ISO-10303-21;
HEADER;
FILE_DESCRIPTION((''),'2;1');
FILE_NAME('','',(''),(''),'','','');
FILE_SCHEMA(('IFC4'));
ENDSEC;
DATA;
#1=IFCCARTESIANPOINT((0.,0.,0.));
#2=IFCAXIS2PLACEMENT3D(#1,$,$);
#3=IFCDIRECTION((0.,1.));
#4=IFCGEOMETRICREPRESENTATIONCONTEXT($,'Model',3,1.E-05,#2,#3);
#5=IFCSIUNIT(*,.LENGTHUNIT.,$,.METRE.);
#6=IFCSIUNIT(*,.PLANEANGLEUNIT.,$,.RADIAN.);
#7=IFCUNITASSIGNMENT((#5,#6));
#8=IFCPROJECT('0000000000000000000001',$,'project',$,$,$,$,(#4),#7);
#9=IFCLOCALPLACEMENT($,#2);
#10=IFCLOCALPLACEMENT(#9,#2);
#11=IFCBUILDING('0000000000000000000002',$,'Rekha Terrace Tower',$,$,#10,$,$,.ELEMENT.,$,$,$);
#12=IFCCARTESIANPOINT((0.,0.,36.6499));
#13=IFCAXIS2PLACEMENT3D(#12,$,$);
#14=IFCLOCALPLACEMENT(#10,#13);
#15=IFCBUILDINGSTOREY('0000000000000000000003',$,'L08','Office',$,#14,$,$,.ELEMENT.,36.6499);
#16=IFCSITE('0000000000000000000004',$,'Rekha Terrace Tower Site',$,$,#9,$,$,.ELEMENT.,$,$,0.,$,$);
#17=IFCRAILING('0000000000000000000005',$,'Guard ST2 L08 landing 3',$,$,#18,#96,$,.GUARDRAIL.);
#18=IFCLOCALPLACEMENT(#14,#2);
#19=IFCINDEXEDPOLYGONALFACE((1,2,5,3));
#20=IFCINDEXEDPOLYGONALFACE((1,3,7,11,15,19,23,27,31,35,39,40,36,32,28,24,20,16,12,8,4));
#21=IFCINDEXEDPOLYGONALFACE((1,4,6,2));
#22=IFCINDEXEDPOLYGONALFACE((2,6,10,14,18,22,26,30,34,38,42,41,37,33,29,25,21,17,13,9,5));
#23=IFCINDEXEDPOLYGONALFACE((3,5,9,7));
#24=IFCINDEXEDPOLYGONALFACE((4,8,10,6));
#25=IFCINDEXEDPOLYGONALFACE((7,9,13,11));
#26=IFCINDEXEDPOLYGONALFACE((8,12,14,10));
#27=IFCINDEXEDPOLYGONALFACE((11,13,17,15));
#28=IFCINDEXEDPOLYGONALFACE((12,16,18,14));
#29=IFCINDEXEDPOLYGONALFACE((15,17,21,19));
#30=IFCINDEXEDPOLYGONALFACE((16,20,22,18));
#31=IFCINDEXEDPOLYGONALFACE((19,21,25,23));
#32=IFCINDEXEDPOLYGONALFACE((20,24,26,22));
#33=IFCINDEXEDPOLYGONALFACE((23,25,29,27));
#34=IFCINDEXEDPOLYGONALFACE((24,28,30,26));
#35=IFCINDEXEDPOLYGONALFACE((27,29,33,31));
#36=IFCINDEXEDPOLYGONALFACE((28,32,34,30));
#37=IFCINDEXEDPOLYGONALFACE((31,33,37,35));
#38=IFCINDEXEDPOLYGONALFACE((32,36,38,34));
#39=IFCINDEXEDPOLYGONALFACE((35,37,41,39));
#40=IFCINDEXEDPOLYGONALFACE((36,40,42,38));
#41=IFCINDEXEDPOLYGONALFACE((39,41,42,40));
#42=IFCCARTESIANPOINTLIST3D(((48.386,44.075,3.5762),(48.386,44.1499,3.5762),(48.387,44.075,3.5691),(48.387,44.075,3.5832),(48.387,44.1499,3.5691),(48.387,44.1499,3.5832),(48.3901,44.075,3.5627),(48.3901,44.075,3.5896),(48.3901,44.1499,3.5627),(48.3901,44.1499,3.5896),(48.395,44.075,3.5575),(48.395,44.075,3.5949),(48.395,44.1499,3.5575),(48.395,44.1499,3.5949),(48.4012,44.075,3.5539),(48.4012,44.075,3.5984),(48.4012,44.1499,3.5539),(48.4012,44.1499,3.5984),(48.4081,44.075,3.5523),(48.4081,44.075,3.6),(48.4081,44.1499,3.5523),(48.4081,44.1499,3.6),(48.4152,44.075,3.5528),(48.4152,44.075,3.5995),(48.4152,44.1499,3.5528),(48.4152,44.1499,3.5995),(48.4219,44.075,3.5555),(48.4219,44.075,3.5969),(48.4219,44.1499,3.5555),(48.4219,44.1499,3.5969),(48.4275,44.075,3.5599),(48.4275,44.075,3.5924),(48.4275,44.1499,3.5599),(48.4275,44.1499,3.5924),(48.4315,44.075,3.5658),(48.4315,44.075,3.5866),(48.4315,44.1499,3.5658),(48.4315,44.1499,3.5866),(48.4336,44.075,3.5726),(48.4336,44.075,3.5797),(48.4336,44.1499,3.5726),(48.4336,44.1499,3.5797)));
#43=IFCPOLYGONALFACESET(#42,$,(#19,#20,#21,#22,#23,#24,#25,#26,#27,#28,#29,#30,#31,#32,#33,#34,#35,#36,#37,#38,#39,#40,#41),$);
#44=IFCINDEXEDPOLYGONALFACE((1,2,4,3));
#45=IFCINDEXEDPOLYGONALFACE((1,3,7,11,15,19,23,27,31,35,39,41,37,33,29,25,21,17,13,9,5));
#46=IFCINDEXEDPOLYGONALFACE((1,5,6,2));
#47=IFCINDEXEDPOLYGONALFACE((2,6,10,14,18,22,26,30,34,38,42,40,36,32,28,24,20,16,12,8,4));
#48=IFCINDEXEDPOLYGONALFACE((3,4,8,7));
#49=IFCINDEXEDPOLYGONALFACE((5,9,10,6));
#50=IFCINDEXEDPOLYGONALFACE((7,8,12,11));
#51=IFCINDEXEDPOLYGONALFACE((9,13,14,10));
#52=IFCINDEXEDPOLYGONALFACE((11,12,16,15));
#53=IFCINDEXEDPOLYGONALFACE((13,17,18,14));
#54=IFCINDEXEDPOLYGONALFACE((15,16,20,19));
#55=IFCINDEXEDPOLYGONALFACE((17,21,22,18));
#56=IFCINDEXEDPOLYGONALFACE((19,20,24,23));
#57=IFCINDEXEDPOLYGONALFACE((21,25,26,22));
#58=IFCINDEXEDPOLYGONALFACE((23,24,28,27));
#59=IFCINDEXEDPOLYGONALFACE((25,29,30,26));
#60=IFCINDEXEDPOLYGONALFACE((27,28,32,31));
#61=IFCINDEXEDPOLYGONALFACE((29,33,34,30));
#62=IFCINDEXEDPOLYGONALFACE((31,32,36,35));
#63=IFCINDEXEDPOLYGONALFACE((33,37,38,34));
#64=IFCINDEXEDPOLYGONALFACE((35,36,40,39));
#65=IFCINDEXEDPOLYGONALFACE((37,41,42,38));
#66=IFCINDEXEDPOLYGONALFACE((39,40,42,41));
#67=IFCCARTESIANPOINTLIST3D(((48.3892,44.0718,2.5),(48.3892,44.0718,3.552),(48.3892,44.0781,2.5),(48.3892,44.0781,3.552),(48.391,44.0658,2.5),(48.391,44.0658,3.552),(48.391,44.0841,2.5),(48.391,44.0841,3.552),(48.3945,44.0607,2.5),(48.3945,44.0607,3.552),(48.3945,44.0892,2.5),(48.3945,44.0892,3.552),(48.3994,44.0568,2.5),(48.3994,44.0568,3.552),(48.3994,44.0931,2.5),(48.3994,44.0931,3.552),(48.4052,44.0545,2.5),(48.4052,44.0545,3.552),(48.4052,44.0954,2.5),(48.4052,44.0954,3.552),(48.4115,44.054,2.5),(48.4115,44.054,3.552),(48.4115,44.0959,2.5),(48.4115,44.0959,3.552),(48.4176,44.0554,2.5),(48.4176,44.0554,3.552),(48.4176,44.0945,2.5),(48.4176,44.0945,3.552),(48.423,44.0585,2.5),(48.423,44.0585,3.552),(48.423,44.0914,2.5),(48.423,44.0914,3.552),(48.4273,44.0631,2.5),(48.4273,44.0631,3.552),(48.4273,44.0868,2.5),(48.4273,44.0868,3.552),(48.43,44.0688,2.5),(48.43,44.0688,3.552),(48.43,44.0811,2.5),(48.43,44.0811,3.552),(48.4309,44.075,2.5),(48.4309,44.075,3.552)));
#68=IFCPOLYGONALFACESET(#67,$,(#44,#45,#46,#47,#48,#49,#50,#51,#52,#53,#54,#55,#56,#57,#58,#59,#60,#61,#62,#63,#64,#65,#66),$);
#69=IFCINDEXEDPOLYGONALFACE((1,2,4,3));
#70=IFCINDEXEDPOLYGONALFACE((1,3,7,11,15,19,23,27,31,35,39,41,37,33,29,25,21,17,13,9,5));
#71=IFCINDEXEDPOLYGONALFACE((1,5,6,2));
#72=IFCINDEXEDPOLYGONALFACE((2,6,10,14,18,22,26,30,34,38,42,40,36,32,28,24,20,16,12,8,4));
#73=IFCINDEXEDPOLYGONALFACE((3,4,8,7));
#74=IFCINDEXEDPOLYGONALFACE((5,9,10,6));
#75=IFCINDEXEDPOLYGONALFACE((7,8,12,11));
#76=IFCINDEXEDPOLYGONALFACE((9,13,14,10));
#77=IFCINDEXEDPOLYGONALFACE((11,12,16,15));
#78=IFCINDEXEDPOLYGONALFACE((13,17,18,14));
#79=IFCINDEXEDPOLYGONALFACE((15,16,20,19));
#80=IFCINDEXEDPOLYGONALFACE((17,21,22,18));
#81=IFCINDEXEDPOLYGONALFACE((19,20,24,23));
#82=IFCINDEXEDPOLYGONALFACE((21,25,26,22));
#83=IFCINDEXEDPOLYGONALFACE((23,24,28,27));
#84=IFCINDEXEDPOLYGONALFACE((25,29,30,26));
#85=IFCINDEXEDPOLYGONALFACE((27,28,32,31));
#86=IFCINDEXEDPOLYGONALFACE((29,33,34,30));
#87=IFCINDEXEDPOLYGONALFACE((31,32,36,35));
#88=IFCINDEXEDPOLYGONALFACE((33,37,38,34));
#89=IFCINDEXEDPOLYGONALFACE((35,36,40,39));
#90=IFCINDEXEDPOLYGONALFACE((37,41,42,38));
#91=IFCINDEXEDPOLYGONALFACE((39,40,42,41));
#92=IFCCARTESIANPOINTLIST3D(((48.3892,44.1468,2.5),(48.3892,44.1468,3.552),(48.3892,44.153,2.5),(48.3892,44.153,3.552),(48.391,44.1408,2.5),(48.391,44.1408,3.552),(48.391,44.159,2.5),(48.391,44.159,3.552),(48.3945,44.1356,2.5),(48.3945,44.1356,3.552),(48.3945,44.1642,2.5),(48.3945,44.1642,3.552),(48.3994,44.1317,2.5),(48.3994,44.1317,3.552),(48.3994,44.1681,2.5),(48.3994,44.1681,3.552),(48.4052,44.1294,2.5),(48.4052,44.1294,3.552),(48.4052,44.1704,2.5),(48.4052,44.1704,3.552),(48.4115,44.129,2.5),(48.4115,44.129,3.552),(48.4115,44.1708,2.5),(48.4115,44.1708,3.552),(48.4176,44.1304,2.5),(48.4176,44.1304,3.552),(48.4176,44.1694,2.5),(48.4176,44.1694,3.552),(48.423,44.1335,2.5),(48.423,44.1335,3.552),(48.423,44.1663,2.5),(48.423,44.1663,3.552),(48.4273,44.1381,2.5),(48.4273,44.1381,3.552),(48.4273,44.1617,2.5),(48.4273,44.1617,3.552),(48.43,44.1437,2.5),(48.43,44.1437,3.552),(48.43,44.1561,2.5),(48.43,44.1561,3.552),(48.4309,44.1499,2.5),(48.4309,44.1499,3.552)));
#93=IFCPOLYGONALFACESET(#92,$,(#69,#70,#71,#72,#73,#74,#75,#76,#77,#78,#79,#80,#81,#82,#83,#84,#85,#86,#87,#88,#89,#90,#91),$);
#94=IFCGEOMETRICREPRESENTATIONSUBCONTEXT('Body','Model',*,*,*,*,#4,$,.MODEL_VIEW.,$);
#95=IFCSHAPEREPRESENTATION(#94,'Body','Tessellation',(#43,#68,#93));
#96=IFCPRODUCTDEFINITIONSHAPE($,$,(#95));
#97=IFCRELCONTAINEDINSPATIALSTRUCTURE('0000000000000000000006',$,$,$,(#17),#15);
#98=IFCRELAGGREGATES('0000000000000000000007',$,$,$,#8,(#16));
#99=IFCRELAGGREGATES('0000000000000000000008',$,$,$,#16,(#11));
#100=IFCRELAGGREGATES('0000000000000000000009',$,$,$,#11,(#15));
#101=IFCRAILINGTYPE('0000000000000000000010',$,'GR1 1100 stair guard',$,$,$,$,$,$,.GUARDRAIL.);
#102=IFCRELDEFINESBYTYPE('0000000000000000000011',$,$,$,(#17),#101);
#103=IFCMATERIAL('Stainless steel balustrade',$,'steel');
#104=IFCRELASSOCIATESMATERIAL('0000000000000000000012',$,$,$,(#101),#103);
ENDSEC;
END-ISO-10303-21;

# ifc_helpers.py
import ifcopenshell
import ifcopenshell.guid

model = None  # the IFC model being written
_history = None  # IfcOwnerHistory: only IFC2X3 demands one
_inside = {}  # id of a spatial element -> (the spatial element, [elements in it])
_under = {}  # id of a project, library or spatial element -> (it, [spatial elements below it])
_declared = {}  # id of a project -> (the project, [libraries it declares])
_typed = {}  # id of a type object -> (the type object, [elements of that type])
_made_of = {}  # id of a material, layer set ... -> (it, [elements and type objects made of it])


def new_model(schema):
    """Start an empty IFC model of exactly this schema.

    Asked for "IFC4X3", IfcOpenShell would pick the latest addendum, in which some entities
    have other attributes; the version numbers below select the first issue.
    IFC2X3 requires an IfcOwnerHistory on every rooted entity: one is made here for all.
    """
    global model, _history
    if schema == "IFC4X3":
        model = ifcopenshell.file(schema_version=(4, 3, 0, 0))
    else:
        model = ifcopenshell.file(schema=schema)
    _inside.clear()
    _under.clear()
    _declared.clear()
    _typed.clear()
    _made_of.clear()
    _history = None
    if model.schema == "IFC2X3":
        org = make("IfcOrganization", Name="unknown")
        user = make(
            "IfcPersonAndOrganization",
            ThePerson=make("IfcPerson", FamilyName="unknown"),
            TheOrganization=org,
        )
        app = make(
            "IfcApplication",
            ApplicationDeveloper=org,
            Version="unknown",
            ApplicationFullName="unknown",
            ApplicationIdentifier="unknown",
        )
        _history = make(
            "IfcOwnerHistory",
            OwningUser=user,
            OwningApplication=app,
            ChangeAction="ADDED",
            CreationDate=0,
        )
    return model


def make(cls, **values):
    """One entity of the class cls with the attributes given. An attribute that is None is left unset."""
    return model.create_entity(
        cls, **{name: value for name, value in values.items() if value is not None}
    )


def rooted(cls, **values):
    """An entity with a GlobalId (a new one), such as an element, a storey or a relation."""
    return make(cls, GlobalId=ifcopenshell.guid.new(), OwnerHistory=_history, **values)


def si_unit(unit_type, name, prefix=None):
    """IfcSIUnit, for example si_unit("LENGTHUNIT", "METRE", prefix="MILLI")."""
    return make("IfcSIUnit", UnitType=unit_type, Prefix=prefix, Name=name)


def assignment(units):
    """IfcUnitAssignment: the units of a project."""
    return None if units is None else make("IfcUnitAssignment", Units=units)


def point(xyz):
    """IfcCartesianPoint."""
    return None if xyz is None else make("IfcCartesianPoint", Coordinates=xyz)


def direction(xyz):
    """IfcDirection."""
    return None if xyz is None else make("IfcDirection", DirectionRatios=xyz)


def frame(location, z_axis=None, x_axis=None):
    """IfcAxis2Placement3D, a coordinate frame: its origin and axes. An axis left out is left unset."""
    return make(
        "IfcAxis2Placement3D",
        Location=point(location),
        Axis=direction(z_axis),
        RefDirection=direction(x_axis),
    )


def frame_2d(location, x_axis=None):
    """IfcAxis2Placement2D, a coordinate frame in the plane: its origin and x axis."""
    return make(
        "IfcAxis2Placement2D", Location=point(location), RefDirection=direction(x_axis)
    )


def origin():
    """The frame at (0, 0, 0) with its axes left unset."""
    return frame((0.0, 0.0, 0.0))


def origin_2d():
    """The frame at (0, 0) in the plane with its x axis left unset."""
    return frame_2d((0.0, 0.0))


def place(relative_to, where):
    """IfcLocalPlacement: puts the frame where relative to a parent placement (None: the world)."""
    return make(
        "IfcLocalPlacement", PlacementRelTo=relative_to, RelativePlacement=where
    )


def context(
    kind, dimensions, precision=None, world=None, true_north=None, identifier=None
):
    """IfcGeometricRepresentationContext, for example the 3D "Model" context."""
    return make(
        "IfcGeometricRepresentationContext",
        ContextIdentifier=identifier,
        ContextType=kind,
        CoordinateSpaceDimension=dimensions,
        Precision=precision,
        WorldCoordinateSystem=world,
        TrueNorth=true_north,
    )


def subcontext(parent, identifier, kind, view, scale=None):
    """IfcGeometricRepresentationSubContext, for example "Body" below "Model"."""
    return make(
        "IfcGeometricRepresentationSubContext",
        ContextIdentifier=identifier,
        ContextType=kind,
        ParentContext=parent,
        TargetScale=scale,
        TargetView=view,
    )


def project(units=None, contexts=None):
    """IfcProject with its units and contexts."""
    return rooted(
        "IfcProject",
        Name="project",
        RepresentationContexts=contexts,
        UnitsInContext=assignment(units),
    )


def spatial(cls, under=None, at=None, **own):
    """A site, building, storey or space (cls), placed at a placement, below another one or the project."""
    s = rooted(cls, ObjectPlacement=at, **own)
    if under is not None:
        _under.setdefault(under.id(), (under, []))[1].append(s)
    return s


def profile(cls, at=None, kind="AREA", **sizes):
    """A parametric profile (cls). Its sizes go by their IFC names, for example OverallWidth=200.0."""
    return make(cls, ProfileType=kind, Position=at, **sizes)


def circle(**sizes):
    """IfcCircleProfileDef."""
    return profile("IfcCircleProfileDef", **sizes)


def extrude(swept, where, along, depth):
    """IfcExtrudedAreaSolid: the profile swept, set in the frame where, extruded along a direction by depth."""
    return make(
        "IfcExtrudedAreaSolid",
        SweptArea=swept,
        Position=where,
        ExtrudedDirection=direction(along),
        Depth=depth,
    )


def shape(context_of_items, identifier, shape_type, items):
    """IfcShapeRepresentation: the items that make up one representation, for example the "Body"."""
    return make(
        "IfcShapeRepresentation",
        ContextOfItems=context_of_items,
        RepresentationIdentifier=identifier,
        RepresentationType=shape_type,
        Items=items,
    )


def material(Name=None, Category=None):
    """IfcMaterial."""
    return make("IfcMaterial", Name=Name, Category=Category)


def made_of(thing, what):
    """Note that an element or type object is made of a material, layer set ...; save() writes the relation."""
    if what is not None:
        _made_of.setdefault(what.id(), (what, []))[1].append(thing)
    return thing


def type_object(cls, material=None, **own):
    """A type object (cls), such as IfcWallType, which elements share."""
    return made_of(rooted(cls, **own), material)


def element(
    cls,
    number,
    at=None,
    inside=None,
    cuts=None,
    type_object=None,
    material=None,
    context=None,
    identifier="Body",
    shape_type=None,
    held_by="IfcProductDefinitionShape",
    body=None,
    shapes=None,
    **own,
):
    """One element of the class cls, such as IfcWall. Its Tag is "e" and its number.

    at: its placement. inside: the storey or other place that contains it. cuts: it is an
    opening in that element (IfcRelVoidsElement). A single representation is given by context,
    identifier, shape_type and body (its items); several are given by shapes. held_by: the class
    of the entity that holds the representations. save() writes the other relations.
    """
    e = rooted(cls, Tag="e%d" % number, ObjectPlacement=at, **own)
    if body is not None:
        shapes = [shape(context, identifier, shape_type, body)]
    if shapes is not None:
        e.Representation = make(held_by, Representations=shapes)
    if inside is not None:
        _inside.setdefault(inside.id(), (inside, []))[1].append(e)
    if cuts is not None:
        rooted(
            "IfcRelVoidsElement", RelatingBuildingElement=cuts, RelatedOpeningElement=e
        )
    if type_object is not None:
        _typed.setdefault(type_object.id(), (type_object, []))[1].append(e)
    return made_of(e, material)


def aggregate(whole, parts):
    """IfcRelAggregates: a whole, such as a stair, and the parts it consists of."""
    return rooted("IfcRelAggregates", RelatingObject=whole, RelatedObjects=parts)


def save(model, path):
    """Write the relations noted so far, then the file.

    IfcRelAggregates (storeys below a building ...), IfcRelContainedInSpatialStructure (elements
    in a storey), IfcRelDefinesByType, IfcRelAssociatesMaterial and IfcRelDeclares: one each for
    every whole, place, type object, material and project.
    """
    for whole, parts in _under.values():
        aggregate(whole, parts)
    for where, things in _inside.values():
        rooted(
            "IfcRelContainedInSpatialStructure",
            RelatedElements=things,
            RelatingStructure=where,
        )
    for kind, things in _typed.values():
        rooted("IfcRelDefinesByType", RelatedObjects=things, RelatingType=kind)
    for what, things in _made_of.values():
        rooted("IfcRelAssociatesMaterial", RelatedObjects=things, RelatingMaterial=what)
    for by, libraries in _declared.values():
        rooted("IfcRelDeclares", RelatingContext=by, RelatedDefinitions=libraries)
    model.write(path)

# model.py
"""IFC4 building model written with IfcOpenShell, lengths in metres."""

from ifc_helpers import new_model, si_unit, direction, frame, origin, origin_2d, place, context, subcontext, project, spatial, circle, extrude, material, type_object, element, save


model = new_model("IFC4")

# Units and contexts
model_context = context("Model", 3, precision=1e-05, world=origin(), true_north=direction((0.0, 1.0)))
body_context = subcontext(model_context, "Body", "Model", "MODEL_VIEW")
ifc_project = project(units=[si_unit("LENGTHUNIT", "METRE"), si_unit("PLANEANGLEUNIT", "RADIAN")], contexts=[model_context])

# Site, building, storey
site_placement = place(None, origin())
site = spatial("IfcSite", under=ifc_project, at=site_placement, Name="Rekha Terrace Tower Site", CompositionType="ELEMENT", RefElevation=0.0)
building_placement = place(site_placement, origin())
building = spatial("IfcBuilding", under=site, at=building_placement, Name="Rekha Terrace Tower", CompositionType="ELEMENT")
storey_placement = place(building_placement, frame((0.0, 0.0, 36.6499)))
storey = spatial("IfcBuildingStorey", under=building, at=storey_placement, Name="L08", Description="Office", CompositionType="ELEMENT", Elevation=36.6499)

# Railing
ifc_material_1 = material(Name="Stainless steel balustrade", Category="steel")
railing_type_1 = type_object("IfcRailingType", Name="GR1 1100 stair guard", PredefinedType="GUARDRAIL", material=ifc_material_1)
railing_1_placement = place(storey_placement, frame((48.4099, 44.075, 2.5)))
element("IfcRailing", 1, at=railing_1_placement, inside=storey, type_object=railing_type_1, Name="Guard ST2 L08 landing 3", PredefinedType="GUARDRAIL", context=body_context, shape_type="SweptSolid", body=[
    extrude(circle(Radius=0.0239, at=origin_2d()), frame((0.0, 0.0, 1.0762), z_axis=(0.0, 1.0, 0.0), x_axis=(-1.0, 0.0, 0.0)), (0.0, 0.0, 1.0), 0.075),
    extrude(circle(Radius=0.021, at=origin_2d()), origin(), (0.0, 0.0, 1.0), 1.052),
    extrude(circle(Radius=0.021, at=origin_2d()), frame((0.0, 0.075, 0.0)), (0.0, 0.0, 1.0), 1.052),
])

save(model, "model.ifc")
